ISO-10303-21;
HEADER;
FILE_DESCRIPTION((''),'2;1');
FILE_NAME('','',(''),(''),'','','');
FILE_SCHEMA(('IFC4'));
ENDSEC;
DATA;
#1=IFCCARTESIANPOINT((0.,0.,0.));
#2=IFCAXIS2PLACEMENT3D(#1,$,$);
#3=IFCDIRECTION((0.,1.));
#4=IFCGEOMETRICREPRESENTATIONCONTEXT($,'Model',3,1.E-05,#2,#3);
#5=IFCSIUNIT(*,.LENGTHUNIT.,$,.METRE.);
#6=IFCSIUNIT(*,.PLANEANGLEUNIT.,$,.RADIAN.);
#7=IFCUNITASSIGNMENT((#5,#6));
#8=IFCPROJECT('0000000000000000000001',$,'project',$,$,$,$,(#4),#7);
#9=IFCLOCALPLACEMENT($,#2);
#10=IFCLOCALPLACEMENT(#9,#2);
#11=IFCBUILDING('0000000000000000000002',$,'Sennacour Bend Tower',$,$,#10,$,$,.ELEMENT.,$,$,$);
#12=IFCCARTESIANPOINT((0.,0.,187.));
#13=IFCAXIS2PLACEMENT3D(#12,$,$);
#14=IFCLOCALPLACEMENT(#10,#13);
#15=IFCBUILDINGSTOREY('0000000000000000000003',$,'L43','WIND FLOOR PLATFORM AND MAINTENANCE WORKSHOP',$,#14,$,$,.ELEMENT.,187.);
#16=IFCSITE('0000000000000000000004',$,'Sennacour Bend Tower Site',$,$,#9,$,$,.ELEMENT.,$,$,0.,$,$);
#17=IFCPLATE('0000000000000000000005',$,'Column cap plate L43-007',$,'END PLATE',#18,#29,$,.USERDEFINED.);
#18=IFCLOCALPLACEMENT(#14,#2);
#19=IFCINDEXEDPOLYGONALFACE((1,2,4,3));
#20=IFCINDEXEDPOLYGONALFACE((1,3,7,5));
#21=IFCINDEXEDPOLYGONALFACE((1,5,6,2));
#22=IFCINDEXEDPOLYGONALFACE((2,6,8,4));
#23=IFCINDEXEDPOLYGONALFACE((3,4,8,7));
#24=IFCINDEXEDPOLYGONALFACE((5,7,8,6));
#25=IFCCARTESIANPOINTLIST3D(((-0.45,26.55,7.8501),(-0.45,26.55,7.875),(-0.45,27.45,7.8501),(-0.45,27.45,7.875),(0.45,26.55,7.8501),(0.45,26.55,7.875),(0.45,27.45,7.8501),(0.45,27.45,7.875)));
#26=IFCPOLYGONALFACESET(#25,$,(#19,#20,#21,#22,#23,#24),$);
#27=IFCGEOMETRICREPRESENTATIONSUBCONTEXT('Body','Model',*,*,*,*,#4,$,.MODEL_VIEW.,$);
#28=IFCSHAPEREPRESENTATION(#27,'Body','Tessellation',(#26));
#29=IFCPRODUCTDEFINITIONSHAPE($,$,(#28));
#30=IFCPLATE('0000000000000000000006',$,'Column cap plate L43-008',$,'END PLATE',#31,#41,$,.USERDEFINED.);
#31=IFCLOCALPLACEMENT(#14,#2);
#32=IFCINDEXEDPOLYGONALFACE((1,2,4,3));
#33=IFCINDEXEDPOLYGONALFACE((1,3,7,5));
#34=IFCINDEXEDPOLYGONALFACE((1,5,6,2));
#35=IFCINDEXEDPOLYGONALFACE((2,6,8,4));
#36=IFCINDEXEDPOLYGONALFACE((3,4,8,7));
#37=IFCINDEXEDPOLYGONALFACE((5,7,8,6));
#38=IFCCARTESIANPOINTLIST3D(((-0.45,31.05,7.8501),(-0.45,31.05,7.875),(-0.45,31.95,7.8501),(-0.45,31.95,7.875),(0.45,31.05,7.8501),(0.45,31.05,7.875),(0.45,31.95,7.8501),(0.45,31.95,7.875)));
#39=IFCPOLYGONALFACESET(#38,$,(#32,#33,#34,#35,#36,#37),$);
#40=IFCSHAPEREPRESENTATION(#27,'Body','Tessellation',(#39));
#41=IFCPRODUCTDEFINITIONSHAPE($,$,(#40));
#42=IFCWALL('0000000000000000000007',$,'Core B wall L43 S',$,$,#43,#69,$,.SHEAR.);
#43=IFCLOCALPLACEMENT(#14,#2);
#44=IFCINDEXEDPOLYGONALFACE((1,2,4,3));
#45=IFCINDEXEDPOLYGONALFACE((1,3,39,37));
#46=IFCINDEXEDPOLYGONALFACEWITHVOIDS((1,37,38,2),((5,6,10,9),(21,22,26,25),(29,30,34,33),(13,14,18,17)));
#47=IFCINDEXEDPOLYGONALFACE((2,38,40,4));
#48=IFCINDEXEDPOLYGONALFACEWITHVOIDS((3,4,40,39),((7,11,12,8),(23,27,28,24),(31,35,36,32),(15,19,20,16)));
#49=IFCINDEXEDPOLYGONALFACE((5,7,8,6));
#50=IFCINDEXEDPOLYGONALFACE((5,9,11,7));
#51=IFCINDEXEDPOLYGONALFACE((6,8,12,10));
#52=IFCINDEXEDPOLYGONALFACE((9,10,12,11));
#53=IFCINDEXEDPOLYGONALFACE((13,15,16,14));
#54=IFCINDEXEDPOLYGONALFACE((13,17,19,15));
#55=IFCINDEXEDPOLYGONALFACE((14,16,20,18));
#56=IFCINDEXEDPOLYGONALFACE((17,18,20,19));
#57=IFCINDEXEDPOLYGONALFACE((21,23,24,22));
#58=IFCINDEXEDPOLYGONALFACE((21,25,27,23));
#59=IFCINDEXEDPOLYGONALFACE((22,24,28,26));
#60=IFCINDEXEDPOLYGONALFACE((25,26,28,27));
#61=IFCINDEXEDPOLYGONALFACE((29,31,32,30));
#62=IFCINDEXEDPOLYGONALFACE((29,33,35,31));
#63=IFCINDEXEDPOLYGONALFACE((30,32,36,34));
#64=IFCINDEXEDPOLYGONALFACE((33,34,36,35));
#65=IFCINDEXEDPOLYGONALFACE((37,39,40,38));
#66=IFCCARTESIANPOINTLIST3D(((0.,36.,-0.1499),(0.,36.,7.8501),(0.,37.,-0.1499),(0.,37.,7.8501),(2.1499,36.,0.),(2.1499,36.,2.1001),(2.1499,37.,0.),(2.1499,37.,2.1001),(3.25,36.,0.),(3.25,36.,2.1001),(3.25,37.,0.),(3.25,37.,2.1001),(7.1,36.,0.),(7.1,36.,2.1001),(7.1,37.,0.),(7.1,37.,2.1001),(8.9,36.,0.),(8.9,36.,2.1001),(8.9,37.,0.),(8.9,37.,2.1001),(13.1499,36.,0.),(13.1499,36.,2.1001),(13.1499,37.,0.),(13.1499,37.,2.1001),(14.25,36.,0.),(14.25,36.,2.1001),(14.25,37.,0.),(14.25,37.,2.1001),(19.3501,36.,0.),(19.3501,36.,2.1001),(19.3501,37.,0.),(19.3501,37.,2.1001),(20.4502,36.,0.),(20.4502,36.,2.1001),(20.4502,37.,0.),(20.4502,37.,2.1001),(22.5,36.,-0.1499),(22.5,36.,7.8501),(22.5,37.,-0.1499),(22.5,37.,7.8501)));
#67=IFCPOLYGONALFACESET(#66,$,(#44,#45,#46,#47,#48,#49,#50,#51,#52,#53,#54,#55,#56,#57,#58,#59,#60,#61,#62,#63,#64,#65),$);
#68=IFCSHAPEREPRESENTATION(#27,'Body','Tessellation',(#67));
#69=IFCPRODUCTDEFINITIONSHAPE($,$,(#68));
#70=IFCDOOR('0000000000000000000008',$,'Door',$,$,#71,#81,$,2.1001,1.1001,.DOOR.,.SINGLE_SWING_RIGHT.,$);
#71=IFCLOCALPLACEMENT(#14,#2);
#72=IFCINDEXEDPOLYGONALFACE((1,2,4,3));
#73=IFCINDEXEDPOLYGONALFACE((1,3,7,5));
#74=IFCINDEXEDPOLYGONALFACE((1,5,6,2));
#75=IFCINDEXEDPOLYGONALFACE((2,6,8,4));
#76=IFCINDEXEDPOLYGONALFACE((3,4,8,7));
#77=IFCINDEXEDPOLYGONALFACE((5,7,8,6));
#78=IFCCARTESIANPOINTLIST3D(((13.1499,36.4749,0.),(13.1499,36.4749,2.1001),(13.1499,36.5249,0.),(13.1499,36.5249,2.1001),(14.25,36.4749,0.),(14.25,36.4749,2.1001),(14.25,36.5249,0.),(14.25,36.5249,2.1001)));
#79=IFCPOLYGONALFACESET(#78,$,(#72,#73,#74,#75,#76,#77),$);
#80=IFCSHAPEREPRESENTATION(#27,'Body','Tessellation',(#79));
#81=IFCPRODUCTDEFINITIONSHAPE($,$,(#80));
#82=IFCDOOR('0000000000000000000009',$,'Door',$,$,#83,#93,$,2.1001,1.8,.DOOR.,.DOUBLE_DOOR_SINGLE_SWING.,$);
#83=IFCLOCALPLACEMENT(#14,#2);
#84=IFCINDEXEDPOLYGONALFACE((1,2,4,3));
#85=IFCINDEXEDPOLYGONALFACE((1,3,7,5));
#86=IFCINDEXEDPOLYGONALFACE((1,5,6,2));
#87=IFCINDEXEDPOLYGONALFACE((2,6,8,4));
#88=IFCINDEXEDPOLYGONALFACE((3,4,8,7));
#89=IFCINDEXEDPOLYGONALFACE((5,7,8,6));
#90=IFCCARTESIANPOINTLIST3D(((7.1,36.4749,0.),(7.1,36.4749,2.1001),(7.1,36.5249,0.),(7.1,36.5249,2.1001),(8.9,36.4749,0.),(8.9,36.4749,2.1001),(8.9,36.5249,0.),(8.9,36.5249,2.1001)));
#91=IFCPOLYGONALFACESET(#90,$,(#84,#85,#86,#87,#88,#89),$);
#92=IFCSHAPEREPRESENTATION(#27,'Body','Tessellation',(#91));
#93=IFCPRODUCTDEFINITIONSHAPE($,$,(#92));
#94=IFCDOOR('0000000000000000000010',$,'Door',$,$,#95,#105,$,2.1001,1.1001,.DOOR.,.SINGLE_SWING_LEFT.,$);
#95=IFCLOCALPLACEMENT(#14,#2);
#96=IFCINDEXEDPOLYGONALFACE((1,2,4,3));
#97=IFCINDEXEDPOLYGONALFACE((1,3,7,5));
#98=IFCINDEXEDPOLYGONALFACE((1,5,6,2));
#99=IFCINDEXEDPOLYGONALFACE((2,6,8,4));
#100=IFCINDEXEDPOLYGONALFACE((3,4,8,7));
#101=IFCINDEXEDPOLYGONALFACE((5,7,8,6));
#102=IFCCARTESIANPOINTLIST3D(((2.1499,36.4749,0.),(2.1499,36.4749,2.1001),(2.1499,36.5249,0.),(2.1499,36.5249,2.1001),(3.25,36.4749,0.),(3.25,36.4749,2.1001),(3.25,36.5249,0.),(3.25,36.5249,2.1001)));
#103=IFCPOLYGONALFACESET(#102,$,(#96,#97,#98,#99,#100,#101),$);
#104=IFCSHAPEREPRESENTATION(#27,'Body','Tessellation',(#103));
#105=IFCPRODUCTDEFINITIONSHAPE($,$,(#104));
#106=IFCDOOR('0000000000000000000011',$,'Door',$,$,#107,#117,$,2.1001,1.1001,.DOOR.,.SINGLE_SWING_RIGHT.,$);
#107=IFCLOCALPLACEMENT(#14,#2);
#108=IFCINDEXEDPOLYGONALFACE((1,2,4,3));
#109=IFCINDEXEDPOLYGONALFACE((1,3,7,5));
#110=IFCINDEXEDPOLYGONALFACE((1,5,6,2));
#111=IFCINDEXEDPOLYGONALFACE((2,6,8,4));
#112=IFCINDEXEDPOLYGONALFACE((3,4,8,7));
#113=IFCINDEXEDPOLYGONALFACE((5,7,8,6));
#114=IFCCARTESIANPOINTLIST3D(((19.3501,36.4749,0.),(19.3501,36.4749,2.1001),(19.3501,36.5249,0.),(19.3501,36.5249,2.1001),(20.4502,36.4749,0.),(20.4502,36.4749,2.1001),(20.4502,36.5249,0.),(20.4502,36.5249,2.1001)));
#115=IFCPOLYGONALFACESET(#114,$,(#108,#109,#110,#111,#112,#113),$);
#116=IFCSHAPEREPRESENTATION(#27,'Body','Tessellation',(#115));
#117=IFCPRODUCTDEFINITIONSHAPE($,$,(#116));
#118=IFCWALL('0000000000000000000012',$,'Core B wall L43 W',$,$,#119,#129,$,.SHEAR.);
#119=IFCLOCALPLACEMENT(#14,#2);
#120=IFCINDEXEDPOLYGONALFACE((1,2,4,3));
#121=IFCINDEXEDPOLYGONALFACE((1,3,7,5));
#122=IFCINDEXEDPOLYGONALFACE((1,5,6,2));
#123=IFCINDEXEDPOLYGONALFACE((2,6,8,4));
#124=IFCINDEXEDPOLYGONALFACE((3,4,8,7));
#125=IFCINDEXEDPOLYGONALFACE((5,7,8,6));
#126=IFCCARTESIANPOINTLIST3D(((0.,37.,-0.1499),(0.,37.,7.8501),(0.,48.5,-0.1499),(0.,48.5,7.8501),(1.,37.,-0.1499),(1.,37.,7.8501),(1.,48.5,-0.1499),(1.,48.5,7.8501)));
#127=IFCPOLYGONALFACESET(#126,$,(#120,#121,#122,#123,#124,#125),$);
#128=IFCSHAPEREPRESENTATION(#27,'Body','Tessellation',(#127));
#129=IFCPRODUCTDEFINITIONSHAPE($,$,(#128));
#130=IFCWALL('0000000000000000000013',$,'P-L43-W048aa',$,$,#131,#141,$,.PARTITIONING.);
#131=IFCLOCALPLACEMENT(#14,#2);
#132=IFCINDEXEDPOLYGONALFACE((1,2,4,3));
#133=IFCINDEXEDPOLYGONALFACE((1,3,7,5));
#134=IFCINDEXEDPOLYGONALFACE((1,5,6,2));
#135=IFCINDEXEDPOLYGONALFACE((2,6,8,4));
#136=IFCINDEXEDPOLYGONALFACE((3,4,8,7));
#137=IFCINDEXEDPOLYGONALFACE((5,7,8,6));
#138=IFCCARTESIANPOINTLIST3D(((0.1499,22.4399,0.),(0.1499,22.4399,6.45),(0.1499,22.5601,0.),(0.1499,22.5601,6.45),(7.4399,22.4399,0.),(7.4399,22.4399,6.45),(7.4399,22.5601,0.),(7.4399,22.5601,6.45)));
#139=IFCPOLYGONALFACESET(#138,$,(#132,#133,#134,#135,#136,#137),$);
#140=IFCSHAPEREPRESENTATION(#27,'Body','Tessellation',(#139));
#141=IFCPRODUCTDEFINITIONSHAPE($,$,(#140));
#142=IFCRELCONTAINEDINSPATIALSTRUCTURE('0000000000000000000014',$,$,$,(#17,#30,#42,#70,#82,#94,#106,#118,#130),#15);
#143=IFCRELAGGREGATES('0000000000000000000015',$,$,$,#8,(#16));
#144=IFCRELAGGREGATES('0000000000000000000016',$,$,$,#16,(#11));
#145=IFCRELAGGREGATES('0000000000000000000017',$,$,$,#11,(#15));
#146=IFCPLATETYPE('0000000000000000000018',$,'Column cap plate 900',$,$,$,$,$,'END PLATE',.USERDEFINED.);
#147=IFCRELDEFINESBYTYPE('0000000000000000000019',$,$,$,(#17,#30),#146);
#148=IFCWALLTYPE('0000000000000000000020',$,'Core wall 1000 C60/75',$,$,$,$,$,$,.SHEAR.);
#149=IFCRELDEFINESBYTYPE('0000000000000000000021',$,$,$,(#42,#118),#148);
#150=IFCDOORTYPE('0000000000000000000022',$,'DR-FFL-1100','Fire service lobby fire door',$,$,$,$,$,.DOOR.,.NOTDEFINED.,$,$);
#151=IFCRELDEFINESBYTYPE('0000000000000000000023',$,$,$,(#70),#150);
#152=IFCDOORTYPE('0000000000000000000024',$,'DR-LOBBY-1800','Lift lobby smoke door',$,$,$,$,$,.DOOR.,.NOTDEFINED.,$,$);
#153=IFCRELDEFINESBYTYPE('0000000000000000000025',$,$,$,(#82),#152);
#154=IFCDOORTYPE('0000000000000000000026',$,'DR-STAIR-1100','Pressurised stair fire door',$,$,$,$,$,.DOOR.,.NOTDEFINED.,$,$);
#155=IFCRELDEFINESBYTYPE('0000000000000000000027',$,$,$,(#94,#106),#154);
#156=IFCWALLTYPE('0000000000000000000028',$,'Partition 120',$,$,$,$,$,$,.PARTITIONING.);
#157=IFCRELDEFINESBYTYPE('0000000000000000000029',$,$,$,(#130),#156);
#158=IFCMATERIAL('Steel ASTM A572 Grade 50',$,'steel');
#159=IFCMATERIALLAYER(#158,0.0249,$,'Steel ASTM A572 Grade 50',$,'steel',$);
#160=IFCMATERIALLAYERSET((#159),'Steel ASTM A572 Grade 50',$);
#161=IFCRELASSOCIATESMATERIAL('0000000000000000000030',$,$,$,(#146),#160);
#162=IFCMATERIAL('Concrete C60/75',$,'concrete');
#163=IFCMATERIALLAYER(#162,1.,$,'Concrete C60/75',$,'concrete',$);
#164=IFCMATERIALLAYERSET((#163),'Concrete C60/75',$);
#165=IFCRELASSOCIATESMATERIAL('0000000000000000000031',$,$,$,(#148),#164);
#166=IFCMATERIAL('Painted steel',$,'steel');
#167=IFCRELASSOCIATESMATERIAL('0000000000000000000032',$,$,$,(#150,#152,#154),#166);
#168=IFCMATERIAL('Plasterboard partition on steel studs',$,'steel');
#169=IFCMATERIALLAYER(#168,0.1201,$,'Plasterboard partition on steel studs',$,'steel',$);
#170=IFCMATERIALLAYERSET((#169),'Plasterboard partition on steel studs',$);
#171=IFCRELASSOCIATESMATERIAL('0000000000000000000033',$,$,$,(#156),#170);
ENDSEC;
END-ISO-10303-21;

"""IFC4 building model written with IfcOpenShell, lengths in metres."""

from ifc_helpers import new_model, si_unit, direction, frame, frame_2d, origin, origin_2d, place, context, subcontext, project, spatial, rectangle, extrude, material, layer, layer_set, type_object, element, fill, save


model = new_model("IFC4")

# Units and contexts
model_context = context("Model", 3, precision=1e-05, world=origin(), true_north=direction((0.0, 1.0)))
body_context = subcontext(model_context, "Body", "Model", "MODEL_VIEW")
ifc_project = project(units=[si_unit("LENGTHUNIT", "METRE"), si_unit("PLANEANGLEUNIT", "RADIAN")], contexts=[model_context])

# Site, building, storey
site_placement = place(None, origin())
site = spatial("IfcSite", under=ifc_project, at=site_placement, Name="Sennacour Bend Tower Site", CompositionType="ELEMENT", RefElevation=0.0)
building_placement = place(site_placement, origin())
building = spatial("IfcBuilding", under=site, at=building_placement, Name="Sennacour Bend Tower", CompositionType="ELEMENT")
storey_placement = place(building_placement, frame((0.0, 0.0, 187.0)))
storey = spatial("IfcBuildingStorey", under=building, at=storey_placement, Name="L43", Description="WIND FLOOR PLATFORM AND MAINTENANCE WORKSHOP", CompositionType="ELEMENT", Elevation=187.0)

# Shared definitions
ifc_material_1 = material(Name="Steel ASTM A572 Grade 50", Category="steel")

# Plates
ifc_layer_1 = layer(ifc_material_1, 0.0249, Name="Steel ASTM A572 Grade 50", Category="steel")
ifc_layer_set_1 = layer_set([ifc_layer_1], Name="Steel ASTM A572 Grade 50")
plate_type_1 = type_object("IfcPlateType", Name="Column cap plate 900", ElementType="END PLATE", PredefinedType="USERDEFINED", material=ifc_layer_set_1)
for number, where, z_axis, x_axis, name in (
    (1, (0.0, 27.0, 7.8501), (0.0, 0.0, 1.0), (1.0, 0.0, 0.0), "Column cap plate L43-007"),
    (2, (0.0, 31.5, 7.8501), (0.0, 0.0, 1.0), (1.0, 0.0, 0.0), "Column cap plate L43-008"),
):
    element("IfcPlate", number, at=place(storey_placement, frame(where, z_axis=z_axis, x_axis=x_axis)), inside=storey, type_object=plate_type_1, Name=name, ObjectType="END PLATE", PredefinedType="USERDEFINED", context=body_context, shape_type="SweptSolid", body=[
        extrude(rectangle(XDim=0.8999, YDim=0.8999, at=origin_2d()), origin(), (0.0, 0.0, 1.0), 0.0249),
    ])

# Wall, openings, doors
ifc_material_2 = material(Name="Concrete C60/75", Category="concrete")
ifc_layer_2 = layer(ifc_material_2, 1.0, Name="Concrete C60/75", Category="concrete")
ifc_layer_set_2 = layer_set([ifc_layer_2], Name="Concrete C60/75")
wall_type_1 = type_object("IfcWallType", Name="Core wall 1000 C60/75", PredefinedType="SHEAR", material=ifc_layer_set_2)
wall_1_placement = place(storey_placement, frame((0.0, 36.5, -0.1499), z_axis=(0.0, 0.0, 1.0), x_axis=(1.0, 0.0, 0.0)))
wall_1 = element("IfcWall", 3, at=wall_1_placement, inside=storey, type_object=wall_type_1, Name="Core B wall L43 S", PredefinedType="SHEAR", context=body_context, shape_type="SweptSolid", body=[
    extrude(rectangle(XDim=22.5, YDim=1.0, at=frame_2d((11.25, 0.0))), origin(), (0.0, 0.0, 1.0), 8.0),
])
opening_1_placement = place(wall_1_placement, frame((7.1001, 0.0, 0.1499)))
opening_1 = element("IfcOpeningElement", 4, at=opening_1_placement, cuts=wall_1, PredefinedType="OPENING", context=body_context, shape_type="SweptSolid", body=[
    extrude(rectangle(XDim=1.8, YDim=2.1001, at=frame_2d((0.8999, 1.05))), frame((0.0, 0.51, 0.0), z_axis=(0.0, -1.0, 0.0), x_axis=(1.0, 0.0, 0.0)), (0.0, 0.0, 1.0), 1.02),
])
opening_2_placement = place(wall_1_placement, frame((13.1499, 0.0, 0.1499)))
opening_2 = element("IfcOpeningElement", 5, at=opening_2_placement, cuts=wall_1, PredefinedType="OPENING", context=body_context, shape_type="SweptSolid", body=[
    extrude(rectangle(XDim=1.1001, YDim=2.1001, at=frame_2d((0.55, 1.05))), frame((0.0, 0.51, 0.0), z_axis=(0.0, -1.0, 0.0), x_axis=(1.0, 0.0, 0.0)), (0.0, 0.0, 1.0), 1.02),
])
opening_3_placement = place(wall_1_placement, frame((2.1499, 0.0, 0.1499)))
opening_3 = element("IfcOpeningElement", 6, at=opening_3_placement, cuts=wall_1, PredefinedType="OPENING", context=body_context, shape_type="SweptSolid", body=[
    extrude(rectangle(XDim=1.1001, YDim=2.1001, at=frame_2d((0.55, 1.05))), frame((0.0, 0.51, 0.0), z_axis=(0.0, -1.0, 0.0), x_axis=(1.0, 0.0, 0.0)), (0.0, 0.0, 1.0), 1.02),
])
opening_4_placement = place(wall_1_placement, frame((19.3501, 0.0, 0.1499)))
opening_4 = element("IfcOpeningElement", 7, at=opening_4_placement, cuts=wall_1, PredefinedType="OPENING", context=body_context, shape_type="SweptSolid", body=[
    extrude(rectangle(XDim=1.1001, YDim=2.1001, at=frame_2d((0.55, 1.05))), frame((0.0, 0.51, 0.0), z_axis=(0.0, -1.0, 0.0), x_axis=(1.0, 0.0, 0.0)), (0.0, 0.0, 1.0), 1.02),
])
ifc_material_3 = material(Name="Painted steel", Category="steel")
door_type_1 = type_object("IfcDoorType", Name="DR-FFL-1100", Description="Fire service lobby fire door", OperationType="NOTDEFINED", PredefinedType="DOOR", material=ifc_material_3)
door_1_placement = place(opening_2_placement, origin())
door_1 = element("IfcDoor", 8, at=door_1_placement, inside=storey, type_object=door_type_1, Name="Door", OperationType="SINGLE_SWING_RIGHT", OverallHeight=2.1001, OverallWidth=1.1001, PredefinedType="DOOR", context=body_context, shape_type="SweptSolid", body=[
    extrude(rectangle(XDim=1.1001, YDim=2.1001, at=frame_2d((0.55, 1.05))), frame((0.0, 0.0249, 0.0), z_axis=(0.0, -1.0, 0.0), x_axis=(1.0, 0.0, 0.0)), (0.0, 0.0, 1.0), 0.05),
])
fill(opening_2, door_1)
door_type_2 = type_object("IfcDoorType", Name="DR-LOBBY-1800", Description="Lift lobby smoke door", OperationType="NOTDEFINED", PredefinedType="DOOR", material=ifc_material_3)
door_2_placement = place(opening_1_placement, origin())
door_2 = element("IfcDoor", 9, at=door_2_placement, inside=storey, type_object=door_type_2, Name="Door", OperationType="DOUBLE_DOOR_SINGLE_SWING", OverallHeight=2.1001, OverallWidth=1.8, PredefinedType="DOOR", context=body_context, shape_type="SweptSolid", body=[
    extrude(rectangle(XDim=1.8, YDim=2.1001, at=frame_2d((0.8999, 1.05))), frame((0.0, 0.0249, 0.0), z_axis=(0.0, -1.0, 0.0), x_axis=(1.0, 0.0, 0.0)), (0.0, 0.0, 1.0), 0.05),
])
fill(opening_1, door_2)
door_type_3 = type_object("IfcDoorType", Name="DR-STAIR-1100", Description="Pressurised stair fire door", OperationType="NOTDEFINED", PredefinedType="DOOR", material=ifc_material_3)
door_3_placement = place(opening_3_placement, origin())
door_3 = element("IfcDoor", 10, at=door_3_placement, inside=storey, type_object=door_type_3, Name="Door", OperationType="SINGLE_SWING_LEFT", OverallHeight=2.1001, OverallWidth=1.1001, PredefinedType="DOOR", context=body_context, shape_type="SweptSolid", body=[
    extrude(rectangle(XDim=1.1001, YDim=2.1001, at=frame_2d((0.55, 1.05))), frame((0.0, 0.0249, 0.0), z_axis=(0.0, -1.0, 0.0), x_axis=(1.0, 0.0, 0.0)), (0.0, 0.0, 1.0), 0.05),
])
fill(opening_3, door_3)
door_4_placement = place(opening_4_placement, origin())
door_4 = element("IfcDoor", 11, at=door_4_placement, inside=storey, type_object=door_type_3, Name="Door", OperationType="SINGLE_SWING_RIGHT", OverallHeight=2.1001, OverallWidth=1.1001, PredefinedType="DOOR", context=body_context, shape_type="SweptSolid", body=[
    extrude(rectangle(XDim=1.1001, YDim=2.1001, at=frame_2d((0.55, 1.05))), frame((0.0, 0.0249, 0.0), z_axis=(0.0, -1.0, 0.0), x_axis=(1.0, 0.0, 0.0)), (0.0, 0.0, 1.0), 0.05),
])
fill(opening_4, door_4)

# Walls
wall_2_placement = place(storey_placement, frame((0.5, 37.0, -0.1499), z_axis=(0.0, 0.0, 1.0), x_axis=(0.0, 1.0, 0.0)))
element("IfcWall", 12, at=wall_2_placement, inside=storey, type_object=wall_type_1, Name="Core B wall L43 W", PredefinedType="SHEAR", context=body_context, shape_type="SweptSolid", body=[
    extrude(rectangle(XDim=11.5, YDim=1.0, at=frame_2d((5.75, 0.0))), origin(), (0.0, 0.0, 1.0), 8.0),
])
ifc_material_4 = material(Name="Plasterboard partition on steel studs", Category="steel")
ifc_layer_3 = layer(ifc_material_4, 0.1201, Name="Plasterboard partition on steel studs", Category="steel")
ifc_layer_set_3 = layer_set([ifc_layer_3], Name="Plasterboard partition on steel studs")
wall_type_2 = type_object("IfcWallType", Name="Partition 120", PredefinedType="PARTITIONING", material=ifc_layer_set_3)
wall_3_placement = place(storey_placement, frame((0.1499, 22.5, 0.0), z_axis=(0.0, 0.0, 1.0), x_axis=(1.0, 0.0, 0.0)))
element("IfcWall", 13, at=wall_3_placement, inside=storey, type_object=wall_type_2, Name="P-L43-W048aa", PredefinedType="PARTITIONING", context=body_context, shape_type="SweptSolid", body=[
    extrude(rectangle(XDim=7.29, YDim=0.1201, at=frame_2d((3.645, 0.0))), origin(), (0.0, 0.0, 1.0), 6.45),
])

save(model, "model.ifc")
